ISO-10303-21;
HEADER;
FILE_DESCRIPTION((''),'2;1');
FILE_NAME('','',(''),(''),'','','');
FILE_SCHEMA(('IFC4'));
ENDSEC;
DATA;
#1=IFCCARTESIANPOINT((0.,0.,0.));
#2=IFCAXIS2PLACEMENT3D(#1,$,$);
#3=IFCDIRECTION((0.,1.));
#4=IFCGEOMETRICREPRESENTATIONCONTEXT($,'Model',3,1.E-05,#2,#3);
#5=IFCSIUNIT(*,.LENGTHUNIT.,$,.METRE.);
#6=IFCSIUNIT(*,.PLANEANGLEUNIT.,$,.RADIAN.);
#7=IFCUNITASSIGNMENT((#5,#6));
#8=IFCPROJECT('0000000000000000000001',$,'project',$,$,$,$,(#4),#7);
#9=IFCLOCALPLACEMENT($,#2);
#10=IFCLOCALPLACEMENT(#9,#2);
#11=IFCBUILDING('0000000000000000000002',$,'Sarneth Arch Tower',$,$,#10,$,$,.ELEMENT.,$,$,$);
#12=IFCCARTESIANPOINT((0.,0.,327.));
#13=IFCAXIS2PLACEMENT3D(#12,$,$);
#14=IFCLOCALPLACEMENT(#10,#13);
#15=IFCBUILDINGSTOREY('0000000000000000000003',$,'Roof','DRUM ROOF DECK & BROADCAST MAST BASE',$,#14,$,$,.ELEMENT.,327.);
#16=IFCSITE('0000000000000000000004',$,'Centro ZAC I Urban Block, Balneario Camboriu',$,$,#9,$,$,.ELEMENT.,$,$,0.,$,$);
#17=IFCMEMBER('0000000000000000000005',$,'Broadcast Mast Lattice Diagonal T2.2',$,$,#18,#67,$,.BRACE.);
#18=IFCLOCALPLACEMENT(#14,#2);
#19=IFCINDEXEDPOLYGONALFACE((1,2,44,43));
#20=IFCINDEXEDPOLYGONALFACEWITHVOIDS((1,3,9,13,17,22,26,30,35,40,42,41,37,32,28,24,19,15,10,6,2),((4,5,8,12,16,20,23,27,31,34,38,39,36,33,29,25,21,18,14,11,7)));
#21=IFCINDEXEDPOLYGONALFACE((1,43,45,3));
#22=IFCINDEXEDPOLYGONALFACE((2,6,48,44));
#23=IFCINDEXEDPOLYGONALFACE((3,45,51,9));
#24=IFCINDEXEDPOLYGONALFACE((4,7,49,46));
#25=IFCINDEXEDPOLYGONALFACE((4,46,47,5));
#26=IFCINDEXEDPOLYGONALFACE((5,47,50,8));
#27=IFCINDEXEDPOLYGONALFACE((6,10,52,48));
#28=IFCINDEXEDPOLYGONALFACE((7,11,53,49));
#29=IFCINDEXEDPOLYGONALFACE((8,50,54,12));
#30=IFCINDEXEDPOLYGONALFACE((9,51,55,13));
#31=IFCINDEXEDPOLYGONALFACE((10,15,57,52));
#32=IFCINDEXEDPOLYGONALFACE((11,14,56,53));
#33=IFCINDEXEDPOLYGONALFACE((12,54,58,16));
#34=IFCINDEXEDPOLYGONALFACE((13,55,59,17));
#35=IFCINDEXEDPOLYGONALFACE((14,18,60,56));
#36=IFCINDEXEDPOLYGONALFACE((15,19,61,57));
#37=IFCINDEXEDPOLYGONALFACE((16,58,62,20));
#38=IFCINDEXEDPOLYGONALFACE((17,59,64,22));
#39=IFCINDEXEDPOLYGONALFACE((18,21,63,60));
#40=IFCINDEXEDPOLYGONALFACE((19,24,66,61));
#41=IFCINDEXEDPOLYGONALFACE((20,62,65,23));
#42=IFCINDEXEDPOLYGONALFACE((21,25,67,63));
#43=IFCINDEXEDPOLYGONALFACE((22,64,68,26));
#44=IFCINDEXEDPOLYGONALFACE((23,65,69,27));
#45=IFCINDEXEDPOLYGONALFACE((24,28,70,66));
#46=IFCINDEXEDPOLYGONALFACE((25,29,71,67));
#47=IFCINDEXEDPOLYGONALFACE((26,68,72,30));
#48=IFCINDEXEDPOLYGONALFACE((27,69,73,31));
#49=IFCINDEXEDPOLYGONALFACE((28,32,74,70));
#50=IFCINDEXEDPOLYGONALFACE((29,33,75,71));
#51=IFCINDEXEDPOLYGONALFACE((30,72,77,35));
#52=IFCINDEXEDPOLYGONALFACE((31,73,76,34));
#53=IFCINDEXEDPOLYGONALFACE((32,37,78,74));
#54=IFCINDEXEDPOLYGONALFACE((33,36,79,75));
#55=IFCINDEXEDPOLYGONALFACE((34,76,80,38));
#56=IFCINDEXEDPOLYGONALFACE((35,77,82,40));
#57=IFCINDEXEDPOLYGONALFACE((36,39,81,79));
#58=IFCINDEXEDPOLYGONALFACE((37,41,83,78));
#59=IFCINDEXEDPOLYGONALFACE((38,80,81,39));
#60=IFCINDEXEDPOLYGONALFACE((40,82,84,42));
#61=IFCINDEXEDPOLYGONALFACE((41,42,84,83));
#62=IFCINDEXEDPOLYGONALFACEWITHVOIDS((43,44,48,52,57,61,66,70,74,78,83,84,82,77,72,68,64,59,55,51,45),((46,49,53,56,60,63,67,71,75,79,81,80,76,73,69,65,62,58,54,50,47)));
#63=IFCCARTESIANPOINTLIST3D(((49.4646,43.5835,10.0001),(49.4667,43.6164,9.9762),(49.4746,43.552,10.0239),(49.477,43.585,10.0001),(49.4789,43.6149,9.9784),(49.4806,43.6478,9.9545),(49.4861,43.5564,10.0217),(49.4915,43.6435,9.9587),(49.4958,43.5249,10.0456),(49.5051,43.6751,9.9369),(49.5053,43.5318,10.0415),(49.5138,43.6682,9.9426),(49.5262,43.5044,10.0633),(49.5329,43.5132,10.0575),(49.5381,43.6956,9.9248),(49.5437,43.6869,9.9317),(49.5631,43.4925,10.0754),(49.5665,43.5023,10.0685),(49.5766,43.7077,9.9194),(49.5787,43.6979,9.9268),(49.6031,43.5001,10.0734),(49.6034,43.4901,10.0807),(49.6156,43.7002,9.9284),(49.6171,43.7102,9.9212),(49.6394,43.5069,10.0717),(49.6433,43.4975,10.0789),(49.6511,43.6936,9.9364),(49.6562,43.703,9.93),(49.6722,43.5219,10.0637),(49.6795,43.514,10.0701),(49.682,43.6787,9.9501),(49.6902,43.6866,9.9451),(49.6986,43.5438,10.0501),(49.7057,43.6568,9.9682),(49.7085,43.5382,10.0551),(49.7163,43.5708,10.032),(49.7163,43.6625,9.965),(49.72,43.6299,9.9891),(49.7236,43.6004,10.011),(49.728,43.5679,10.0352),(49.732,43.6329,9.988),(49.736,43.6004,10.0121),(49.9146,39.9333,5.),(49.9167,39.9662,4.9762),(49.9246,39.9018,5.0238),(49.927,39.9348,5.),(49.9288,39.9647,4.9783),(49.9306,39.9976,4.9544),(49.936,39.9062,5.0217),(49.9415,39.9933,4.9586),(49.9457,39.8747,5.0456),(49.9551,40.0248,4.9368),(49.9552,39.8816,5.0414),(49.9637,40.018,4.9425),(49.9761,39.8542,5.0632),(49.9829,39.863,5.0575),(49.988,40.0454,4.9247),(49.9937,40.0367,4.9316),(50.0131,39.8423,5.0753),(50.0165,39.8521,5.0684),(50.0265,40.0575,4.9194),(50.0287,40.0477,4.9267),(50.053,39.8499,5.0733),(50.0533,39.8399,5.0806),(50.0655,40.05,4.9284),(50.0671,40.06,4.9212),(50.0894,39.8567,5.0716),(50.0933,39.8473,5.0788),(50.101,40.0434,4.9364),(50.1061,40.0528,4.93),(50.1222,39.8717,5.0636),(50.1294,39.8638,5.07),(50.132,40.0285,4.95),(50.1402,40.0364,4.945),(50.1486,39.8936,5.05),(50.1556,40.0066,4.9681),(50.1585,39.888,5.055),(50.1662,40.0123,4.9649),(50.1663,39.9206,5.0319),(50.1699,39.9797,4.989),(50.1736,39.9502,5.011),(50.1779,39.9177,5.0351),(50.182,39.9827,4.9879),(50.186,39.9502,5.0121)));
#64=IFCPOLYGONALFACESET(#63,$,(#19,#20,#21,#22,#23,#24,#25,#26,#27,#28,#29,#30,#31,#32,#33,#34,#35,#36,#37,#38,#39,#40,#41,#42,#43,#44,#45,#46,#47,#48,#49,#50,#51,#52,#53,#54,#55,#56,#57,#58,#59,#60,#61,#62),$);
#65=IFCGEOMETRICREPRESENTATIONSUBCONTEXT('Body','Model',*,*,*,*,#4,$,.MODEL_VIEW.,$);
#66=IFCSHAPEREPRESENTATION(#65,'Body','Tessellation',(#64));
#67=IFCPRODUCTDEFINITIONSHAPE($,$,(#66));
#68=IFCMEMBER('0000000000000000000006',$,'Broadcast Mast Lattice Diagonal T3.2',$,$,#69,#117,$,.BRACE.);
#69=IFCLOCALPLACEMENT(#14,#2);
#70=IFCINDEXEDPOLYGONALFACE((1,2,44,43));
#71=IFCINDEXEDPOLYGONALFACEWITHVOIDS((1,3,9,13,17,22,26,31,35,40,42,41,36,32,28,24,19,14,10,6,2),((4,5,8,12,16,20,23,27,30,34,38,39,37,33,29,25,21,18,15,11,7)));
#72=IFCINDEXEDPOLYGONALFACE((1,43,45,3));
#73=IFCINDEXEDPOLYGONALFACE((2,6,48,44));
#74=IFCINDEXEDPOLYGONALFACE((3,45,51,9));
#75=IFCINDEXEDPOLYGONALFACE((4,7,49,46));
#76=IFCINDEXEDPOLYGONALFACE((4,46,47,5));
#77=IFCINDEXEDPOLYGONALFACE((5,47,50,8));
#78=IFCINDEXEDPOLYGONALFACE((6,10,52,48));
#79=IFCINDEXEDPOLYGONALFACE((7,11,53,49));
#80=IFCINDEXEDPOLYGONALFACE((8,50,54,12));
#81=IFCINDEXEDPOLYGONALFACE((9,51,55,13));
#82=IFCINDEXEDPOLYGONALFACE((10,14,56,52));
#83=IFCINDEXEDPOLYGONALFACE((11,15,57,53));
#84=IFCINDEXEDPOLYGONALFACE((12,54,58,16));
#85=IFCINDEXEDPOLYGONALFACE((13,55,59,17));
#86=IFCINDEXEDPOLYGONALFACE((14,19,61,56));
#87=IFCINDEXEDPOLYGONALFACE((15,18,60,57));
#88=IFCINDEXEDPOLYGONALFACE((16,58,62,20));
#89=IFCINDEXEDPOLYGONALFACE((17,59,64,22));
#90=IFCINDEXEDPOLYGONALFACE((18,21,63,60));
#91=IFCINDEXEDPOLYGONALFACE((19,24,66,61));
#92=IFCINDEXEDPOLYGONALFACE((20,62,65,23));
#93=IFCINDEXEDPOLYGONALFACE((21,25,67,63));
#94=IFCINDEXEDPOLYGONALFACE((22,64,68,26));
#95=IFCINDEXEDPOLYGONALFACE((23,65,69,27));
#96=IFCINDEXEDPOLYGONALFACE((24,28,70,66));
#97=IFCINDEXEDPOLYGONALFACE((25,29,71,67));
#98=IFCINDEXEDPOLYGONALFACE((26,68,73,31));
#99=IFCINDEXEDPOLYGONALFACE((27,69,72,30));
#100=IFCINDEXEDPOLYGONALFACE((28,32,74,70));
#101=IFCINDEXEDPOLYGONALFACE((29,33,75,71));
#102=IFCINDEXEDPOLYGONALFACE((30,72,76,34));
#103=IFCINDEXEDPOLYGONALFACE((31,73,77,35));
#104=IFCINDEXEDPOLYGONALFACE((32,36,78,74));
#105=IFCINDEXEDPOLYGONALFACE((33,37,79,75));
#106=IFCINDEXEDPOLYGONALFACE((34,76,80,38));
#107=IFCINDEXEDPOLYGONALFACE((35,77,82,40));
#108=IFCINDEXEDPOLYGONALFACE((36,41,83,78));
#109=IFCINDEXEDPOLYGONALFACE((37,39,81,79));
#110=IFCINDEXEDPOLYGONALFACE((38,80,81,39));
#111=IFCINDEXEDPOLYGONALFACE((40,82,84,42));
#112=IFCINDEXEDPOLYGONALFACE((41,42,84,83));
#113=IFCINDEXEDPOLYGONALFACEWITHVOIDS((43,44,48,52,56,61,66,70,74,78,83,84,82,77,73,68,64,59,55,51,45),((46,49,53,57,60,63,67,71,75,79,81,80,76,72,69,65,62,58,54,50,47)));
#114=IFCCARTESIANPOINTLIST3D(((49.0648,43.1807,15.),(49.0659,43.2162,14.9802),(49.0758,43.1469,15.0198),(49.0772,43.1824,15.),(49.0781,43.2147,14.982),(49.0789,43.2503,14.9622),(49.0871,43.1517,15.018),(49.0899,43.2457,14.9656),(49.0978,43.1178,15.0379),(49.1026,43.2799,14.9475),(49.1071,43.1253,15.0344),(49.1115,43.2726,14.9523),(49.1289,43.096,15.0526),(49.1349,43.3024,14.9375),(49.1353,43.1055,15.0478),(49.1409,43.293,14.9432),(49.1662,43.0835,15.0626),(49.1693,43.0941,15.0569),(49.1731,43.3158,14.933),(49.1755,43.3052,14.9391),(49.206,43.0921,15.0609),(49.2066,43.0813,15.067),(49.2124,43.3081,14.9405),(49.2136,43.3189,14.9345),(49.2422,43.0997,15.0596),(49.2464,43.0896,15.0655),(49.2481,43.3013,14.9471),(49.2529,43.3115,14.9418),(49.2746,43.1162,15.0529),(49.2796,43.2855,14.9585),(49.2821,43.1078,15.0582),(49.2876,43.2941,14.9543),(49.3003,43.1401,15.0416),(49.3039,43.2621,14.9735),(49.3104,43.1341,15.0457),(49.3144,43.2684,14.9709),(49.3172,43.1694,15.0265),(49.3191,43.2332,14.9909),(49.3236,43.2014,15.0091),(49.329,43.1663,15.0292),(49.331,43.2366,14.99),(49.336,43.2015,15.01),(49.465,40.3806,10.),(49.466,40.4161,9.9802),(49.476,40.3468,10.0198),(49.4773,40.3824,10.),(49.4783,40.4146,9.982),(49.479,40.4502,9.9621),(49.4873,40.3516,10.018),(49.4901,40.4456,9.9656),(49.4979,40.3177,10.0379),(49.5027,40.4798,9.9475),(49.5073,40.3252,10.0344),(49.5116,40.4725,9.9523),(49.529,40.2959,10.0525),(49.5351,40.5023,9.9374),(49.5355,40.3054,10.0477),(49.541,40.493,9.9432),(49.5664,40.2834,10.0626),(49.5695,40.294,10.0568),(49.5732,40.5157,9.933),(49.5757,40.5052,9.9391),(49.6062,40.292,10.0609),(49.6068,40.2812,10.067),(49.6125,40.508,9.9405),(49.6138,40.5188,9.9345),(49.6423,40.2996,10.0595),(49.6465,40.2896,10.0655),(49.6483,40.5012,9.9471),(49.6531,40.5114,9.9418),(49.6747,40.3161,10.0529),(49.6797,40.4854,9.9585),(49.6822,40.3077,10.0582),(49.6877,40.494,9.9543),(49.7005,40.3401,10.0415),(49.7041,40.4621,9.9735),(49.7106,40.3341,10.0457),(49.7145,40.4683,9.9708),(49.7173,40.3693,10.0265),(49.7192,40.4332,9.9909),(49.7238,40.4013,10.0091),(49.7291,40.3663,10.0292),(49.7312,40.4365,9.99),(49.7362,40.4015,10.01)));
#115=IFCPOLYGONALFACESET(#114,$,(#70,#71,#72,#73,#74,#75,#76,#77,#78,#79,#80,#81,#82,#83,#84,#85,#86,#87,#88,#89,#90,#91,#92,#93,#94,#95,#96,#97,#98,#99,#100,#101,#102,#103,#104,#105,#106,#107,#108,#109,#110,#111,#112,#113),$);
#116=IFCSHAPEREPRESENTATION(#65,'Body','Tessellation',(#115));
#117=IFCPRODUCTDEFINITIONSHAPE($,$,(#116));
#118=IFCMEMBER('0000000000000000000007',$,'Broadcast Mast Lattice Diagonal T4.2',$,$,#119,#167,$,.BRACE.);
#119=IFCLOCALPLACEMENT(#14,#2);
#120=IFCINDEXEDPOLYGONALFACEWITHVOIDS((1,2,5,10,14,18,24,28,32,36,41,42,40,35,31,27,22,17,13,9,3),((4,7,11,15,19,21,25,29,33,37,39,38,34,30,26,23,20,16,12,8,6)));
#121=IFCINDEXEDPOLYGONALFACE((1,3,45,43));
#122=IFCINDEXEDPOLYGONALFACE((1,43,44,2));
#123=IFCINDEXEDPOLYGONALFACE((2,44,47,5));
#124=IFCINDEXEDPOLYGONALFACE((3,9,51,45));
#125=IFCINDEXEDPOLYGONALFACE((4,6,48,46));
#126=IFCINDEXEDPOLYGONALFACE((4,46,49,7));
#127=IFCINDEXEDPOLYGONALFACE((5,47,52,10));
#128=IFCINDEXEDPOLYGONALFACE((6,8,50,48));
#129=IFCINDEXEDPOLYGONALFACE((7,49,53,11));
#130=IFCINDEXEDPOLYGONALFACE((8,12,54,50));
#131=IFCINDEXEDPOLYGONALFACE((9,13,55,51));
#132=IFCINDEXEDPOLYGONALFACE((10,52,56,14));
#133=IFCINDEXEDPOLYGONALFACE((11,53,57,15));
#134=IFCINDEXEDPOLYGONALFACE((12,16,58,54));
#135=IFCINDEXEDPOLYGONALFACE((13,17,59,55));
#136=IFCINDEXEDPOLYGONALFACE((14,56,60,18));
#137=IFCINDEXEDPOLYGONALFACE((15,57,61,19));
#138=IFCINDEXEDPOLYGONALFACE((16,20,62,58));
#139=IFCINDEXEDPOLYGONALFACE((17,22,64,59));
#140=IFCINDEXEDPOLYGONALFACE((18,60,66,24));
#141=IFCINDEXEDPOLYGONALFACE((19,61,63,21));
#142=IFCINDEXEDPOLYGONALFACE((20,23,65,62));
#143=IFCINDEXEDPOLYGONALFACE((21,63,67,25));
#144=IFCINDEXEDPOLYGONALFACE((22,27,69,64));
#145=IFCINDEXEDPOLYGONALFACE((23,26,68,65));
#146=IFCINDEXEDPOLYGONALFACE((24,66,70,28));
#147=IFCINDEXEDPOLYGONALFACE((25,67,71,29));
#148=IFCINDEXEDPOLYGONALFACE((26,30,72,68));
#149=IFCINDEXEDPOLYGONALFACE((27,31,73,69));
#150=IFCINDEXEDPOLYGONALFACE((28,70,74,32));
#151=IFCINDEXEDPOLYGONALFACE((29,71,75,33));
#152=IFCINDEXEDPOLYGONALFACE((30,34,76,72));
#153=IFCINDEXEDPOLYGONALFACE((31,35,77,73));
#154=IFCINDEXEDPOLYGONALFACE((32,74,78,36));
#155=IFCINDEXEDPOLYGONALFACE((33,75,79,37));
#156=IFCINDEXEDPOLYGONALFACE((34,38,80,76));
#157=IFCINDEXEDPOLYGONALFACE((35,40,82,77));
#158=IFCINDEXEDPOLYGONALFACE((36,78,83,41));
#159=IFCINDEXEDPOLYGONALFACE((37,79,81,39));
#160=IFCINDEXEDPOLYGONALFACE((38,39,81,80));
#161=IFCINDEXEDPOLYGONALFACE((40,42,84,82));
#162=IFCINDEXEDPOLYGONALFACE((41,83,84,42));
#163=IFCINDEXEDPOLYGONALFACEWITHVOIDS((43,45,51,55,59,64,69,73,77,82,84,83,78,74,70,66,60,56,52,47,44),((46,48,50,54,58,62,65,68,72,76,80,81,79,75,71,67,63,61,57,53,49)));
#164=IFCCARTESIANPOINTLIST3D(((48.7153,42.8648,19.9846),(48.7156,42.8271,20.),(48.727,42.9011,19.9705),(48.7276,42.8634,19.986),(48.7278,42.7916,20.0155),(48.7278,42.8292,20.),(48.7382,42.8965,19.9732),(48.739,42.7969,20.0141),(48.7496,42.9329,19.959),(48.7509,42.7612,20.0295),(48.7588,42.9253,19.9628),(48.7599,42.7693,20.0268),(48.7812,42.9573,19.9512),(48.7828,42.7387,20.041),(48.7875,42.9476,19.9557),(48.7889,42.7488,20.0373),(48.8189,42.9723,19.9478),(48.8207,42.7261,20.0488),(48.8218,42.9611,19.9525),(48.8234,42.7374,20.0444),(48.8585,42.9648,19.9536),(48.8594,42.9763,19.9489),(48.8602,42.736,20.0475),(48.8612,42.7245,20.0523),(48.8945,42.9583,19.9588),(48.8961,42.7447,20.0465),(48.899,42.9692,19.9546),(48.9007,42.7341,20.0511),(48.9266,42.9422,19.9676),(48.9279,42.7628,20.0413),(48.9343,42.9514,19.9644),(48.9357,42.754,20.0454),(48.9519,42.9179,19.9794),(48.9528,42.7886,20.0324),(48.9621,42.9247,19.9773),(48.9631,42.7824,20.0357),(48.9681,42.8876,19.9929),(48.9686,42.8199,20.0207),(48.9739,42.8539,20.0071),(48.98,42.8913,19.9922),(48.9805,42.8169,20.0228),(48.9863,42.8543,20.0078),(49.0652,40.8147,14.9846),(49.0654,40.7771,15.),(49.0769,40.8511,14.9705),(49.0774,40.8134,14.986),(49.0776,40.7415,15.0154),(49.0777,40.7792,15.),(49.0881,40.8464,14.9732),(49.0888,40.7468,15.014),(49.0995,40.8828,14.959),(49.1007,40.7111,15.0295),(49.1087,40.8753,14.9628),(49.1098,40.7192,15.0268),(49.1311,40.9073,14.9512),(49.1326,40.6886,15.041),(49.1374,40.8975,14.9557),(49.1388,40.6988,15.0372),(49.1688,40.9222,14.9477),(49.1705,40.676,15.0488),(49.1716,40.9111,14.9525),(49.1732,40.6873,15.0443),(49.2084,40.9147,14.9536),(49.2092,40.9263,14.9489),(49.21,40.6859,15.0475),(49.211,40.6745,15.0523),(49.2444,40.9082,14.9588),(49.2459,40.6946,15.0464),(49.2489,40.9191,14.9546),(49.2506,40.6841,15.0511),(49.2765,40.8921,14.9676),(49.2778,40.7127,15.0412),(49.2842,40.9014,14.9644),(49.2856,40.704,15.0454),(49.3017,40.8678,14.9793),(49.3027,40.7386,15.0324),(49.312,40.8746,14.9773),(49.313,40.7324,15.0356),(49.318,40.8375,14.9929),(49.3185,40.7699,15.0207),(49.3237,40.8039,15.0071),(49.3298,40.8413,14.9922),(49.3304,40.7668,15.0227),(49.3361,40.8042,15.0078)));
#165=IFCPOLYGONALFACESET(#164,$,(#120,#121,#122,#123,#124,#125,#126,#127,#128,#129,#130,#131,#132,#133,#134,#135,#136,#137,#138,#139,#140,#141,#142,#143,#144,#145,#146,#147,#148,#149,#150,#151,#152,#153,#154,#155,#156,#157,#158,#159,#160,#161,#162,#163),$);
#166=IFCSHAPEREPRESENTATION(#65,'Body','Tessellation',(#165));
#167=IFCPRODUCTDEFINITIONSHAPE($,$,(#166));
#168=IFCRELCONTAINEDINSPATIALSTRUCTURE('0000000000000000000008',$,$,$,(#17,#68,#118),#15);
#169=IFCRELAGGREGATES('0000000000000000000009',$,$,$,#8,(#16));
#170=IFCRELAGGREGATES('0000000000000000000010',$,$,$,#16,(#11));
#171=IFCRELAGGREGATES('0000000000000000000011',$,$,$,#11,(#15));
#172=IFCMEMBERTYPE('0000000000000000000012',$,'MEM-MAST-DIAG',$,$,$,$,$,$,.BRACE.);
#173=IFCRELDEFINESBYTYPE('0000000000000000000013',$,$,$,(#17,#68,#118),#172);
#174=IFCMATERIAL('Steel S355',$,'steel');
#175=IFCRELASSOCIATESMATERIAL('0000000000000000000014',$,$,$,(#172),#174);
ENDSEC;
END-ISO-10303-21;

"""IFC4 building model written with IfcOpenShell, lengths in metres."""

from ifc_helpers import new_model, si_unit, direction, frame, origin, origin_2d, place, context, subcontext, project, spatial, hollow_circle, extrude, material, material_profile, profile_set, type_object, element, save


model = new_model("IFC4")

# Units and contexts
model_context = context("Model", 3, precision=1e-05, world=origin(), true_north=direction((0.0, 1.0)))
body_context = subcontext(model_context, "Body", "Model", "MODEL_VIEW")
ifc_project = project(units=[si_unit("LENGTHUNIT", "METRE"), si_unit("PLANEANGLEUNIT", "RADIAN")], contexts=[model_context])

# Site, building, storey
site_placement = place(None, origin())
site = spatial("IfcSite", under=ifc_project, at=site_placement, Name="Centro ZAC I Urban Block, Balneario Camboriu", CompositionType="ELEMENT", RefElevation=0.0)
building_placement = place(site_placement, origin())
building = spatial("IfcBuilding", under=site, at=building_placement, Name="Sarneth Arch Tower", CompositionType="ELEMENT")
storey_placement = place(building_placement, frame((0.0, 0.0, 327.0)))
storey = spatial("IfcBuildingStorey", under=building, at=storey_placement, Name="Roof", Description="DRUM ROOF DECK & BROADCAST MAST BASE", CompositionType="ELEMENT", Elevation=327.0)

# Members
ifc_material_1 = material(Name="Steel S355", Category="steel")
ifc_material_profile_1 = material_profile(ifc_material_1, hollow_circle(Radius=0.1365, WallThickness=0.0125, at=origin_2d()), Name="CHS273x12.5")
ifc_profile_set_1 = profile_set([ifc_material_profile_1], Name="Steel S355")
member_type_1 = type_object("IfcMemberType", Name="MEM-MAST-DIAG", PredefinedType="BRACE", material=ifc_profile_set_1)
member_1_placement = place(storey_placement, frame((50.05, 39.95, 5.0), z_axis=(-0.072492, 0.588076, 0.805551), x_axis=(-0.992488, -0.122343, 0.0)))
element("IfcMember", 1, at=member_1_placement, inside=storey, type_object=member_type_1, Name="Broadcast Mast Lattice Diagonal T2.2", PredefinedType="BRACE", context=body_context, shape_type="SweptSolid", body=[
    extrude(hollow_circle(Radius=0.1365, WallThickness=0.0125, at=origin_2d()), origin(), (0.0, 0.0, 1.0), 6.207),
])
member_2_placement = place(storey_placement, frame((49.6001, 40.3999, 10.0), z_axis=(-0.069656, 0.487423, 0.870383), x_axis=(-0.989943, -0.14147, 0.0)))
element("IfcMember", 2, at=member_2_placement, inside=storey, type_object=member_type_1, Name="Broadcast Mast Lattice Diagonal T3.2", PredefinedType="BRACE", context=body_context, shape_type="SweptSolid", body=[
    extrude(hollow_circle(Radius=0.1365, WallThickness=0.0125, at=origin_2d()), origin(), (0.0, 0.0, 1.0), 5.7446),
])
member_3_placement = place(storey_placement, frame((49.2, 40.8, 15.0), z_axis=(-0.064605, 0.378568, 0.923316), x_axis=(-0.985749, -0.168224, 0.0)))
element("IfcMember", 3, at=member_3_placement, inside=storey, type_object=member_type_1, Name="Broadcast Mast Lattice Diagonal T4.2", PredefinedType="BRACE", context=body_context, shape_type="SweptSolid", body=[
    extrude(hollow_circle(Radius=0.1365, WallThickness=0.0125, at=origin_2d()), origin(), (0.0, 0.0, 1.0), 5.4153),
])

save(model, "model.ifc")
